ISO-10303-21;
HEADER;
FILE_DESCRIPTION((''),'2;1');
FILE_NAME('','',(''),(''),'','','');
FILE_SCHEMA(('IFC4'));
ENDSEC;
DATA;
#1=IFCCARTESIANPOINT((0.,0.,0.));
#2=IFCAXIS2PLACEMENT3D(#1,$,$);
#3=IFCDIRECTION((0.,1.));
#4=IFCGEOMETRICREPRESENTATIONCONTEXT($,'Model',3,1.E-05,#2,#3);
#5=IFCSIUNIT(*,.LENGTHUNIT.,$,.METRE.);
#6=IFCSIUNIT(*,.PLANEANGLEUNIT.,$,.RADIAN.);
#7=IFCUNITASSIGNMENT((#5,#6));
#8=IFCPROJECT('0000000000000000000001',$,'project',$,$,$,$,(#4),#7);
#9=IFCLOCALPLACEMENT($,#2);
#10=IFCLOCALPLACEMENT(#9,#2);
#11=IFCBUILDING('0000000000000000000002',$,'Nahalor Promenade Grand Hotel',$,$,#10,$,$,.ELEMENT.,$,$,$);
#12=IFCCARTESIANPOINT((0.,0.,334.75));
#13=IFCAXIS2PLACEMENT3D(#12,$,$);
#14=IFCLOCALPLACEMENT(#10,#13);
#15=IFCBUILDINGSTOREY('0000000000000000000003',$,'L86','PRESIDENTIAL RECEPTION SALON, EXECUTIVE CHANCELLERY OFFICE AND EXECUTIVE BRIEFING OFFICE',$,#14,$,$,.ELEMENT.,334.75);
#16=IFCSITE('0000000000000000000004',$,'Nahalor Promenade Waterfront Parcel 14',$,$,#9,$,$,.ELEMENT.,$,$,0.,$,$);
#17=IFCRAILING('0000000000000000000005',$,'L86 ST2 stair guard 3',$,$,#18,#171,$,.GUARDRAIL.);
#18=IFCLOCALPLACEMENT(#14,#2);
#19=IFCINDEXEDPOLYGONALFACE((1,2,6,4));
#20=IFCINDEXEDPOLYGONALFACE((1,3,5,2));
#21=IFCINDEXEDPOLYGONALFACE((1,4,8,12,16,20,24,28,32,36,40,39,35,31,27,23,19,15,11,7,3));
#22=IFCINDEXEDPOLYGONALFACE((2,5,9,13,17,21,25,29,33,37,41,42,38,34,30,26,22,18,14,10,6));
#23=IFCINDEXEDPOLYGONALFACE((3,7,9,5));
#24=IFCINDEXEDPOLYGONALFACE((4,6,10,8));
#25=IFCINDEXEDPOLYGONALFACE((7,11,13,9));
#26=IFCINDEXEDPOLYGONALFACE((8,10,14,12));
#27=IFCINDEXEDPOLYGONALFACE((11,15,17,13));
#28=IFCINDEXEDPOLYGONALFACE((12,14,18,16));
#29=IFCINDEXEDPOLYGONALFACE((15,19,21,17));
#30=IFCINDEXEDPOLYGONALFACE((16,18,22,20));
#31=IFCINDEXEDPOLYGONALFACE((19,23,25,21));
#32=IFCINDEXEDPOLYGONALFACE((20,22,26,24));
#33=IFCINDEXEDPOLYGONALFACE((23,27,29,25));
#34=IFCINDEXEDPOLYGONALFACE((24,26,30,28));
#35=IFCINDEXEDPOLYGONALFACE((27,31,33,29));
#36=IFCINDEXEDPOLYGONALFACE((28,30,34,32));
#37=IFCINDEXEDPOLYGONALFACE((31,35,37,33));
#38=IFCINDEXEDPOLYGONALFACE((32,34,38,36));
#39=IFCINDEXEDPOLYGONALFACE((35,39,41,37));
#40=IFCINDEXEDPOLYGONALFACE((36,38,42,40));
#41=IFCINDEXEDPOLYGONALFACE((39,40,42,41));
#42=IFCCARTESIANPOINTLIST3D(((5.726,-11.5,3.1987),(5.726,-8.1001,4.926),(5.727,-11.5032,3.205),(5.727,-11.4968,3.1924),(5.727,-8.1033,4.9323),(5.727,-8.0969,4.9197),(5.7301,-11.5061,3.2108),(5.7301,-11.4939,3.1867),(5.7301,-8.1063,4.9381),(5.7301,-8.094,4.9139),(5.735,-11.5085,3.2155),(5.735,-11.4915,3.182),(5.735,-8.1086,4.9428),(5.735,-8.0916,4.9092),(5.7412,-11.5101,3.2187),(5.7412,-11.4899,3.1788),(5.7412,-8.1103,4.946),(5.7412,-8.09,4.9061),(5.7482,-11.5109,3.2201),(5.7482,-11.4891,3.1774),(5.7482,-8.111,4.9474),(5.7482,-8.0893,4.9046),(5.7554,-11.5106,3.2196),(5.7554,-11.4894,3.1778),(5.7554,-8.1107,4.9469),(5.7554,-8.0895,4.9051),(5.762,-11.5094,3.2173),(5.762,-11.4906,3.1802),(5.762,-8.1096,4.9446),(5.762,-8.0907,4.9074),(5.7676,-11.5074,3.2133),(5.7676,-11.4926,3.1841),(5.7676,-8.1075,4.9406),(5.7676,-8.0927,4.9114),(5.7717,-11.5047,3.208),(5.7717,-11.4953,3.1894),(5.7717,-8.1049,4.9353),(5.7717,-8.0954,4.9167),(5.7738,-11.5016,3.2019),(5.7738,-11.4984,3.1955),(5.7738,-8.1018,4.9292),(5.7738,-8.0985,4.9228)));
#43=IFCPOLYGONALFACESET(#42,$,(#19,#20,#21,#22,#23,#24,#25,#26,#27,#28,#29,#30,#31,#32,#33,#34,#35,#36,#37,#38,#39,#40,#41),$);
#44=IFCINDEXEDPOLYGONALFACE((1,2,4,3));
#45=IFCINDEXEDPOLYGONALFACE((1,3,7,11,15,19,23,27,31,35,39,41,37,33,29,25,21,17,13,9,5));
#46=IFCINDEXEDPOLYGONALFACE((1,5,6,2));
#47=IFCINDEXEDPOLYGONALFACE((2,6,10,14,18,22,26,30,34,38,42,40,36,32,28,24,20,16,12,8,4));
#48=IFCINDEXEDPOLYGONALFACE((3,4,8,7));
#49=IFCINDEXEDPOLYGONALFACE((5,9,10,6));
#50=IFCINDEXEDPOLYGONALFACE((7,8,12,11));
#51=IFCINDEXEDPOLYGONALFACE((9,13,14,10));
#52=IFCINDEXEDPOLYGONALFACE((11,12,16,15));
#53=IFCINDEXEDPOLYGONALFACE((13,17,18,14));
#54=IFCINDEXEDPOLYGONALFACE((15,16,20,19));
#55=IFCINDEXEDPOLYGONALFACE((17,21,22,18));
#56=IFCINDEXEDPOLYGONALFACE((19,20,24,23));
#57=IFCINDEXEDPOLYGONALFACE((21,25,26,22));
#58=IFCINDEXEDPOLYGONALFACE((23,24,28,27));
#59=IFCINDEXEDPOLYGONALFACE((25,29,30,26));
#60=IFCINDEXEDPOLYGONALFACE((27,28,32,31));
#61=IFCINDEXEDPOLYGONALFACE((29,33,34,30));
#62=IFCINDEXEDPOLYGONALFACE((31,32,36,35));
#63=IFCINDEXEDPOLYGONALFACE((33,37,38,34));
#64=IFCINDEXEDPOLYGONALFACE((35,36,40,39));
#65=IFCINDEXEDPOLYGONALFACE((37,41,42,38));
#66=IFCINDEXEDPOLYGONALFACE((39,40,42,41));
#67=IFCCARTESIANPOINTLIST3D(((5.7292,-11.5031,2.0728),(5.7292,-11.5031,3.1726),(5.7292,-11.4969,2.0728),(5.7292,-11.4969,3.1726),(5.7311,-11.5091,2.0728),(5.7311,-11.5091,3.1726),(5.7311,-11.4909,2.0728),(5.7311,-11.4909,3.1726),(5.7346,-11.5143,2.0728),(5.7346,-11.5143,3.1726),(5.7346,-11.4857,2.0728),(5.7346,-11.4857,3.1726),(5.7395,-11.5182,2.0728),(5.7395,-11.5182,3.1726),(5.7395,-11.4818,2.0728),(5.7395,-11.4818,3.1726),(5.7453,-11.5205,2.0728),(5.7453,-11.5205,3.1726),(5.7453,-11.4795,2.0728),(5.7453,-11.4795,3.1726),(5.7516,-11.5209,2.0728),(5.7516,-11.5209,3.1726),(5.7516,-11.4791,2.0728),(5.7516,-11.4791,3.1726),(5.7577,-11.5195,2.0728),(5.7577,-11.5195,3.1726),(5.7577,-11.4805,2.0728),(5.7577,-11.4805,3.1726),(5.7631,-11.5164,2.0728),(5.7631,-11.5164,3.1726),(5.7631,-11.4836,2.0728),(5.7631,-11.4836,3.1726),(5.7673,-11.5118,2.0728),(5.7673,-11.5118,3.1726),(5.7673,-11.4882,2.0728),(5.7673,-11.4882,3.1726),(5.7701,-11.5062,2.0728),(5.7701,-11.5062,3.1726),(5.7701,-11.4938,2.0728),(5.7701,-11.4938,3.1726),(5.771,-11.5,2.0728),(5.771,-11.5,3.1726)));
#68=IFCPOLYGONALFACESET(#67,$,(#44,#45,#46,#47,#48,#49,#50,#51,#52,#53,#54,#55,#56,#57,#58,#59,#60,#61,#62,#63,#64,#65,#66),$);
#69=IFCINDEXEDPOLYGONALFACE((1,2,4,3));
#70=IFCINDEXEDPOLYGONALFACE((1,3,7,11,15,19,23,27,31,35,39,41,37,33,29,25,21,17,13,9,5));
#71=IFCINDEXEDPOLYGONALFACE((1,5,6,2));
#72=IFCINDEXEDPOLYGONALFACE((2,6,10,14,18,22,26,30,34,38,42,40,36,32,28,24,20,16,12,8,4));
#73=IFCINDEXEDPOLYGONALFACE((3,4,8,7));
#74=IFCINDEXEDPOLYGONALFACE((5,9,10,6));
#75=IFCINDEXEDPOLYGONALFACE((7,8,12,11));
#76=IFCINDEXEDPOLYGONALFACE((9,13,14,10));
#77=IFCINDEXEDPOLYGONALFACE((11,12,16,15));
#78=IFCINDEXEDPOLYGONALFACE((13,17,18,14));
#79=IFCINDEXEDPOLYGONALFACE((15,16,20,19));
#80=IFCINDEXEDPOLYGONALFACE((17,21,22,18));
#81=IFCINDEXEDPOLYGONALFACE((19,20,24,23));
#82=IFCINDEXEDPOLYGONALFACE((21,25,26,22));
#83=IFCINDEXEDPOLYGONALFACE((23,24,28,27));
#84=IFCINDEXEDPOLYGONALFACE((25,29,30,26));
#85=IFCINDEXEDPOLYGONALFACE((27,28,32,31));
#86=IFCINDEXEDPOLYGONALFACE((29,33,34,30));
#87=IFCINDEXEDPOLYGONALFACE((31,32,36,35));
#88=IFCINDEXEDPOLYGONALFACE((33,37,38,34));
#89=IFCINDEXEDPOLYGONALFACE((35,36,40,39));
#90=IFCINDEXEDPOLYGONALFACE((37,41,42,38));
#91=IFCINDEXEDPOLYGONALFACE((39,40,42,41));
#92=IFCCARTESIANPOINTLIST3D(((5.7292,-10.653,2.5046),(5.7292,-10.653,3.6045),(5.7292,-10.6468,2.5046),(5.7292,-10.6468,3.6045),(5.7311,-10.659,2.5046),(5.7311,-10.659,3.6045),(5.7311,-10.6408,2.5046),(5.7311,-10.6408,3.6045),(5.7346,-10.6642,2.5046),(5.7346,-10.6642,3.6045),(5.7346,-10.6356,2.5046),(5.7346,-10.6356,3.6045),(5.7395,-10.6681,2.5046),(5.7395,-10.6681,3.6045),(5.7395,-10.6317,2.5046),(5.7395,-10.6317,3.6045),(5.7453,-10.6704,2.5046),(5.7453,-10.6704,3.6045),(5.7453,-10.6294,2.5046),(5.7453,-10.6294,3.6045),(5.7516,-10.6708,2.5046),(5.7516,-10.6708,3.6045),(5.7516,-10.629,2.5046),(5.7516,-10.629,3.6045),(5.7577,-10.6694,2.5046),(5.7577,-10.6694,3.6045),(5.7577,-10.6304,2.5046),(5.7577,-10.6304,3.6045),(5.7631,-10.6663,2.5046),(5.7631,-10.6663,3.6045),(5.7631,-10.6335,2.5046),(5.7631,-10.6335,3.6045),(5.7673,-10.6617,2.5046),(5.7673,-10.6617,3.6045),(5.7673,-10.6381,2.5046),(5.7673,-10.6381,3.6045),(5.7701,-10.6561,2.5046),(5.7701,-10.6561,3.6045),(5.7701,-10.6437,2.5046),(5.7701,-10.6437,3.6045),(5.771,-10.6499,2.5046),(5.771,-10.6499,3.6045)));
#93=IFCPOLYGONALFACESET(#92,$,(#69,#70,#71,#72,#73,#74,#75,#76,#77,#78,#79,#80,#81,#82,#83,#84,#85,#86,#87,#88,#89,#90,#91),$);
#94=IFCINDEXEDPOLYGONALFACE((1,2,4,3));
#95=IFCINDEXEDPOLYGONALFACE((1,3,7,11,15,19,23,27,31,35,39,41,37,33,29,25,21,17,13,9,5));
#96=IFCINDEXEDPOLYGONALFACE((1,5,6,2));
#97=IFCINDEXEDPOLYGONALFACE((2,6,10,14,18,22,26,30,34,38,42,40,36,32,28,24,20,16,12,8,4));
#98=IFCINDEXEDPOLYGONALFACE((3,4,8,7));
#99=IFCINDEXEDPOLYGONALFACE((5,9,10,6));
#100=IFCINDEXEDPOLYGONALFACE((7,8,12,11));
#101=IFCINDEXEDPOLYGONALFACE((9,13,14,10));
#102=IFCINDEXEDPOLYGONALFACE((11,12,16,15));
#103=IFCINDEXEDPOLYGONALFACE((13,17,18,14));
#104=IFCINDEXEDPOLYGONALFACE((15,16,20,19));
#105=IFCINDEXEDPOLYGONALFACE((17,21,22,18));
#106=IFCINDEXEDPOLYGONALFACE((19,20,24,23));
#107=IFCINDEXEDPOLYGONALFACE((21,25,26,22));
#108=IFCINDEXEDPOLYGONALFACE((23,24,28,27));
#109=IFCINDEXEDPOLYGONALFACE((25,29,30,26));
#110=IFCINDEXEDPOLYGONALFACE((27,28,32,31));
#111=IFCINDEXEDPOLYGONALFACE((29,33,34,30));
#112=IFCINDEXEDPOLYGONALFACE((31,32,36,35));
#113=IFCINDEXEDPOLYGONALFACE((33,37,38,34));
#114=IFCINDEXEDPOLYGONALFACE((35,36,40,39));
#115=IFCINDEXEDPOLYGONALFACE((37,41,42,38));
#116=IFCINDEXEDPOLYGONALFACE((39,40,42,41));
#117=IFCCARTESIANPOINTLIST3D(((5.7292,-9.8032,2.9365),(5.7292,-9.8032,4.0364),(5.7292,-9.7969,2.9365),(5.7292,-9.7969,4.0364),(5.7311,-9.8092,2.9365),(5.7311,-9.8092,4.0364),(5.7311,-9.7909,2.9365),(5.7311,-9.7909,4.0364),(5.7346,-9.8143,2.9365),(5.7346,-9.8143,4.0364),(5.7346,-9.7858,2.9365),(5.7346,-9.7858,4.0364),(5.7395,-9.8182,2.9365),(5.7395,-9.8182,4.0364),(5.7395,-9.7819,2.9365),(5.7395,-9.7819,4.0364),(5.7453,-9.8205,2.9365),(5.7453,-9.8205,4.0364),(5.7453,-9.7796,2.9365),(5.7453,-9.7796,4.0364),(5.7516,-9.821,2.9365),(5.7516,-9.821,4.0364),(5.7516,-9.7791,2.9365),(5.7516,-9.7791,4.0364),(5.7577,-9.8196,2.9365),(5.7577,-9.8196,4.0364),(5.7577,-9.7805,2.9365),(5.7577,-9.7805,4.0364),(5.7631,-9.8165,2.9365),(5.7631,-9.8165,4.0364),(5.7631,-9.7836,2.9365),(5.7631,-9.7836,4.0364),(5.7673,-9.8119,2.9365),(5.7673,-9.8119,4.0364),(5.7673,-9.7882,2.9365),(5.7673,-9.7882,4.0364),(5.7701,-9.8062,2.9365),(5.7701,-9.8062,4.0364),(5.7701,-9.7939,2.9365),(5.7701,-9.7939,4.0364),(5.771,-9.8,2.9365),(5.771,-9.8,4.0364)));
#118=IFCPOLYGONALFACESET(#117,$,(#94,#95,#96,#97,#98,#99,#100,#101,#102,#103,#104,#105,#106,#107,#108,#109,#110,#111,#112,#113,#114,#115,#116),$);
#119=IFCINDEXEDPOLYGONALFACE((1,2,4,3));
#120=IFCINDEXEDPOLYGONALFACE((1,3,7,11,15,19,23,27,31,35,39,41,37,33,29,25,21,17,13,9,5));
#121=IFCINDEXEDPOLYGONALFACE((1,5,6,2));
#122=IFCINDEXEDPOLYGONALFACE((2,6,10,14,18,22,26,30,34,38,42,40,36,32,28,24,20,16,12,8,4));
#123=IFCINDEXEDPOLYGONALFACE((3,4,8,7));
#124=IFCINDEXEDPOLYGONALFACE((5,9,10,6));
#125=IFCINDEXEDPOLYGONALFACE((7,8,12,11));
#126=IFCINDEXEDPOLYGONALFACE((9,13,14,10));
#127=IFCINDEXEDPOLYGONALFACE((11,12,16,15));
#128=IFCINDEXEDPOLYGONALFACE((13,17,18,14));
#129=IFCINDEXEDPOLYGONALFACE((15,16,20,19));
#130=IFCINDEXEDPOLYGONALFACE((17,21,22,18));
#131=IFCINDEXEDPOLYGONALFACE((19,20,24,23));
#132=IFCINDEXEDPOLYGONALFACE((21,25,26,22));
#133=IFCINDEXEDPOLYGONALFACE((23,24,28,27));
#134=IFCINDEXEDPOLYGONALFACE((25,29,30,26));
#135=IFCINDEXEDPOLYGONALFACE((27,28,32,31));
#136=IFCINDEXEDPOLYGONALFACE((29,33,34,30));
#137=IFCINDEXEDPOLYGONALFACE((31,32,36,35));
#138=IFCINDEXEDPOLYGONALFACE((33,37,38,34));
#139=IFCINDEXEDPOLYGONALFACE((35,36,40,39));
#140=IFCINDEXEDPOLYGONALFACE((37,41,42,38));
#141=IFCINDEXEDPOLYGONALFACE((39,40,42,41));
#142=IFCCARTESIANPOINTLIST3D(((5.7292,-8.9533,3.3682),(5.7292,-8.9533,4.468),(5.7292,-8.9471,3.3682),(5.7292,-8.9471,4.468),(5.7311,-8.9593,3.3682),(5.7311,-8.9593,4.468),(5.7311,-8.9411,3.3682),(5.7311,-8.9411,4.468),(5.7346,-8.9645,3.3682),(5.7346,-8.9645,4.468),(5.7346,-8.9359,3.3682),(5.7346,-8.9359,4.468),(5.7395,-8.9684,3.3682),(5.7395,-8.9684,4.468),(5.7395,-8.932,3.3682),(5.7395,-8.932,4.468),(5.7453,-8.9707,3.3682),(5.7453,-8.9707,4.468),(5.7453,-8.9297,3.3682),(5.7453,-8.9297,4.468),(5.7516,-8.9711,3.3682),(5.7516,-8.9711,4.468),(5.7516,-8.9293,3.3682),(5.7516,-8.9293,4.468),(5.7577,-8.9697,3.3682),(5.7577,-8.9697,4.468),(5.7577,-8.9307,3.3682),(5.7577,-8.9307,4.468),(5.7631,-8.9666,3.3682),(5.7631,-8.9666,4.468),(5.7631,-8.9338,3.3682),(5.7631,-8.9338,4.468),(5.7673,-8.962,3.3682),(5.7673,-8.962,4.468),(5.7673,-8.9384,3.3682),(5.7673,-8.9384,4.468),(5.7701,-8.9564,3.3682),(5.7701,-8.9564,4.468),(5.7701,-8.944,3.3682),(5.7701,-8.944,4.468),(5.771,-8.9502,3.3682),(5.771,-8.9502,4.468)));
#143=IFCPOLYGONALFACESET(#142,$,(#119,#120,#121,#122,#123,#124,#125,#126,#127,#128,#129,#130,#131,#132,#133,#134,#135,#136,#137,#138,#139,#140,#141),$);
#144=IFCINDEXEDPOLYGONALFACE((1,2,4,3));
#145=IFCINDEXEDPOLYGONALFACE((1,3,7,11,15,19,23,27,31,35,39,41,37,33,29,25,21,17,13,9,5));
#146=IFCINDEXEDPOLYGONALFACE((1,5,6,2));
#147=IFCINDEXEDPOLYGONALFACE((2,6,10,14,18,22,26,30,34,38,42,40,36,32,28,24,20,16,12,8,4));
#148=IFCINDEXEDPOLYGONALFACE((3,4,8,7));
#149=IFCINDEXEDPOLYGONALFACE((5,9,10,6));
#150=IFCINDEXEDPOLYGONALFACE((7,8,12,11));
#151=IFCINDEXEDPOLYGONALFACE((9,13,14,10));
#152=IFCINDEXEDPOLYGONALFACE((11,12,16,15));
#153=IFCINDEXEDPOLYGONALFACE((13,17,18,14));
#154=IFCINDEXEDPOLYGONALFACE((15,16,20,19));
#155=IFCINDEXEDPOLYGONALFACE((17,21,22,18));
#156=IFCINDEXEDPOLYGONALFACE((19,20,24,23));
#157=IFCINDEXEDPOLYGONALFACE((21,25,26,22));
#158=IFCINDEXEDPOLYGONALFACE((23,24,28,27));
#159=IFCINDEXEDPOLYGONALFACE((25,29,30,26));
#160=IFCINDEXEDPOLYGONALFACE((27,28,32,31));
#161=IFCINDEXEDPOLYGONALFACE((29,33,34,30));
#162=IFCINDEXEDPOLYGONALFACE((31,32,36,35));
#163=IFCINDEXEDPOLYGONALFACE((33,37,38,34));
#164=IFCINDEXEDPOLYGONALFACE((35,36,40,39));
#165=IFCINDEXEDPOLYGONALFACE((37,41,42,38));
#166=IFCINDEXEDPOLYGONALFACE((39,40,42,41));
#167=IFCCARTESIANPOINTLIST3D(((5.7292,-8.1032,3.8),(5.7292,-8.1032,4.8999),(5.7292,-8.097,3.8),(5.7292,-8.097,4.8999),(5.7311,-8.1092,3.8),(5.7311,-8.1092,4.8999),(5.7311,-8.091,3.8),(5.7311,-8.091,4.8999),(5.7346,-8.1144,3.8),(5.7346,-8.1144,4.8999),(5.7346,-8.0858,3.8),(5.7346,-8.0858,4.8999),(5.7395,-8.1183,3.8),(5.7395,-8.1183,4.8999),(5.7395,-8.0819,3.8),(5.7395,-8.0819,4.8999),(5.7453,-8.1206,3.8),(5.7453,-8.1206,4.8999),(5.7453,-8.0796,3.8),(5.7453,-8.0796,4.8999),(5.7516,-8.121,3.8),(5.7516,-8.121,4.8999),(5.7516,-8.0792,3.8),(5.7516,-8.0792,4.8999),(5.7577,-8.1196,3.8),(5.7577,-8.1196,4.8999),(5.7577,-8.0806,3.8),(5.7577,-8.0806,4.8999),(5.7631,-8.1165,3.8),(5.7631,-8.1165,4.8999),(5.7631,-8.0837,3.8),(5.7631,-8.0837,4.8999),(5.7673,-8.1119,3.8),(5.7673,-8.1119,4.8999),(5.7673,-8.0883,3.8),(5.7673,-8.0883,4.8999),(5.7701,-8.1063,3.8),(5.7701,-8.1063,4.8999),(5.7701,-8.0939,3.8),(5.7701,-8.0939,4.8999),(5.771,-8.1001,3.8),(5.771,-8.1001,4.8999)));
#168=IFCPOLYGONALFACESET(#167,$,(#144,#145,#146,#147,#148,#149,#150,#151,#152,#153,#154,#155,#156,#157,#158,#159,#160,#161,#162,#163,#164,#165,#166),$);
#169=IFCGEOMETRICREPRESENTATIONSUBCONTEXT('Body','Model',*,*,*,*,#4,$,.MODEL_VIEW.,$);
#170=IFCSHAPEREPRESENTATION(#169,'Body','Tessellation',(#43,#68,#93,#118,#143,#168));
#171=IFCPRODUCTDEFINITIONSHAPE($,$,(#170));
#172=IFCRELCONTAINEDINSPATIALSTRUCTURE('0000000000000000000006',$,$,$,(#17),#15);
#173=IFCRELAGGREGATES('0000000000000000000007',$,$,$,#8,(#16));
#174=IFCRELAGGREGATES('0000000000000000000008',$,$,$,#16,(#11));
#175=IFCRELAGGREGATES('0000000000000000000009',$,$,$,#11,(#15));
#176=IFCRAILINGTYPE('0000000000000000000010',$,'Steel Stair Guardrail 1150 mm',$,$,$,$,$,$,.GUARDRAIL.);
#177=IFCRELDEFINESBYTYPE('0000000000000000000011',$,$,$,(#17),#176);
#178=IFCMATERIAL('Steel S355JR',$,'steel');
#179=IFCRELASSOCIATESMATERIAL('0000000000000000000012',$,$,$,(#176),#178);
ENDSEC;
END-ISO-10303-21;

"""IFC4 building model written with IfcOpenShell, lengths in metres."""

from ifc_helpers import new_model, si_unit, direction, frame, origin, origin_2d, place, context, subcontext, project, spatial, circle, extrude, material, type_object, element, save


model = new_model("IFC4")

# Units and contexts
model_context = context("Model", 3, precision=1e-05, world=origin(), true_north=direction((0.0, 1.0)))
body_context = subcontext(model_context, "Body", "Model", "MODEL_VIEW")
ifc_project = project(units=[si_unit("LENGTHUNIT", "METRE"), si_unit("PLANEANGLEUNIT", "RADIAN")], contexts=[model_context])

# Site, building, storey
site_placement = place(None, origin())
site = spatial("IfcSite", under=ifc_project, at=site_placement, Name="Nahalor Promenade Waterfront Parcel 14", CompositionType="ELEMENT", RefElevation=0.0)
building_placement = place(site_placement, origin())
building = spatial("IfcBuilding", under=site, at=building_placement, Name="Nahalor Promenade Grand Hotel", CompositionType="ELEMENT")
storey_placement = place(building_placement, frame((0.0, 0.0, 334.75)))
storey = spatial("IfcBuildingStorey", under=building, at=storey_placement, Name="L86", Description="PRESIDENTIAL RECEPTION SALON, EXECUTIVE CHANCELLERY OFFICE AND EXECUTIVE BRIEFING OFFICE", CompositionType="ELEMENT", Elevation=334.75)

# Shared definitions
ifc_material_1 = material(Name="Steel S355JR", Category="steel")

# Railing
railing_type_1 = type_object("IfcRailingType", Name="Steel Stair Guardrail 1150 mm", PredefinedType="GUARDRAIL", material=ifc_material_1)
railing_1_placement = place(storey_placement, frame((5.75, -11.5, 2.0728)))
element("IfcRailing", 1, at=railing_1_placement, inside=storey, type_object=railing_type_1, Name="L86 ST2 stair guard 3", PredefinedType="GUARDRAIL", context=body_context, shape_type="SweptSolid", body=[
    extrude(circle(Radius=0.024, at=origin_2d()), frame((0.0, 0.0, 1.126), z_axis=(0.0, 0.891541, 0.452941), x_axis=(-1.0, 0.0, 0.0)), (0.0, 0.0, 1.0), 3.8135),
    extrude(circle(Radius=0.021, at=origin_2d()), origin(), (0.0, 0.0, 1.0), 1.0999),
    extrude(circle(Radius=0.021, at=origin_2d()), frame((0.0, 0.8501, 0.4319)), (0.0, 0.0, 1.0), 1.0999),
    extrude(circle(Radius=0.021, at=origin_2d()), frame((0.0, 1.7, 0.8638)), (0.0, 0.0, 1.0), 1.0999),
    extrude(circle(Radius=0.021, at=origin_2d()), frame((0.0, 2.5498, 1.2954)), (0.0, 0.0, 1.0), 1.0999),
    extrude(circle(Radius=0.021, at=origin_2d()), frame((0.0, 3.3999, 1.7273)), (0.0, 0.0, 1.0), 1.0999),
])

save(model, "model.ifc")
